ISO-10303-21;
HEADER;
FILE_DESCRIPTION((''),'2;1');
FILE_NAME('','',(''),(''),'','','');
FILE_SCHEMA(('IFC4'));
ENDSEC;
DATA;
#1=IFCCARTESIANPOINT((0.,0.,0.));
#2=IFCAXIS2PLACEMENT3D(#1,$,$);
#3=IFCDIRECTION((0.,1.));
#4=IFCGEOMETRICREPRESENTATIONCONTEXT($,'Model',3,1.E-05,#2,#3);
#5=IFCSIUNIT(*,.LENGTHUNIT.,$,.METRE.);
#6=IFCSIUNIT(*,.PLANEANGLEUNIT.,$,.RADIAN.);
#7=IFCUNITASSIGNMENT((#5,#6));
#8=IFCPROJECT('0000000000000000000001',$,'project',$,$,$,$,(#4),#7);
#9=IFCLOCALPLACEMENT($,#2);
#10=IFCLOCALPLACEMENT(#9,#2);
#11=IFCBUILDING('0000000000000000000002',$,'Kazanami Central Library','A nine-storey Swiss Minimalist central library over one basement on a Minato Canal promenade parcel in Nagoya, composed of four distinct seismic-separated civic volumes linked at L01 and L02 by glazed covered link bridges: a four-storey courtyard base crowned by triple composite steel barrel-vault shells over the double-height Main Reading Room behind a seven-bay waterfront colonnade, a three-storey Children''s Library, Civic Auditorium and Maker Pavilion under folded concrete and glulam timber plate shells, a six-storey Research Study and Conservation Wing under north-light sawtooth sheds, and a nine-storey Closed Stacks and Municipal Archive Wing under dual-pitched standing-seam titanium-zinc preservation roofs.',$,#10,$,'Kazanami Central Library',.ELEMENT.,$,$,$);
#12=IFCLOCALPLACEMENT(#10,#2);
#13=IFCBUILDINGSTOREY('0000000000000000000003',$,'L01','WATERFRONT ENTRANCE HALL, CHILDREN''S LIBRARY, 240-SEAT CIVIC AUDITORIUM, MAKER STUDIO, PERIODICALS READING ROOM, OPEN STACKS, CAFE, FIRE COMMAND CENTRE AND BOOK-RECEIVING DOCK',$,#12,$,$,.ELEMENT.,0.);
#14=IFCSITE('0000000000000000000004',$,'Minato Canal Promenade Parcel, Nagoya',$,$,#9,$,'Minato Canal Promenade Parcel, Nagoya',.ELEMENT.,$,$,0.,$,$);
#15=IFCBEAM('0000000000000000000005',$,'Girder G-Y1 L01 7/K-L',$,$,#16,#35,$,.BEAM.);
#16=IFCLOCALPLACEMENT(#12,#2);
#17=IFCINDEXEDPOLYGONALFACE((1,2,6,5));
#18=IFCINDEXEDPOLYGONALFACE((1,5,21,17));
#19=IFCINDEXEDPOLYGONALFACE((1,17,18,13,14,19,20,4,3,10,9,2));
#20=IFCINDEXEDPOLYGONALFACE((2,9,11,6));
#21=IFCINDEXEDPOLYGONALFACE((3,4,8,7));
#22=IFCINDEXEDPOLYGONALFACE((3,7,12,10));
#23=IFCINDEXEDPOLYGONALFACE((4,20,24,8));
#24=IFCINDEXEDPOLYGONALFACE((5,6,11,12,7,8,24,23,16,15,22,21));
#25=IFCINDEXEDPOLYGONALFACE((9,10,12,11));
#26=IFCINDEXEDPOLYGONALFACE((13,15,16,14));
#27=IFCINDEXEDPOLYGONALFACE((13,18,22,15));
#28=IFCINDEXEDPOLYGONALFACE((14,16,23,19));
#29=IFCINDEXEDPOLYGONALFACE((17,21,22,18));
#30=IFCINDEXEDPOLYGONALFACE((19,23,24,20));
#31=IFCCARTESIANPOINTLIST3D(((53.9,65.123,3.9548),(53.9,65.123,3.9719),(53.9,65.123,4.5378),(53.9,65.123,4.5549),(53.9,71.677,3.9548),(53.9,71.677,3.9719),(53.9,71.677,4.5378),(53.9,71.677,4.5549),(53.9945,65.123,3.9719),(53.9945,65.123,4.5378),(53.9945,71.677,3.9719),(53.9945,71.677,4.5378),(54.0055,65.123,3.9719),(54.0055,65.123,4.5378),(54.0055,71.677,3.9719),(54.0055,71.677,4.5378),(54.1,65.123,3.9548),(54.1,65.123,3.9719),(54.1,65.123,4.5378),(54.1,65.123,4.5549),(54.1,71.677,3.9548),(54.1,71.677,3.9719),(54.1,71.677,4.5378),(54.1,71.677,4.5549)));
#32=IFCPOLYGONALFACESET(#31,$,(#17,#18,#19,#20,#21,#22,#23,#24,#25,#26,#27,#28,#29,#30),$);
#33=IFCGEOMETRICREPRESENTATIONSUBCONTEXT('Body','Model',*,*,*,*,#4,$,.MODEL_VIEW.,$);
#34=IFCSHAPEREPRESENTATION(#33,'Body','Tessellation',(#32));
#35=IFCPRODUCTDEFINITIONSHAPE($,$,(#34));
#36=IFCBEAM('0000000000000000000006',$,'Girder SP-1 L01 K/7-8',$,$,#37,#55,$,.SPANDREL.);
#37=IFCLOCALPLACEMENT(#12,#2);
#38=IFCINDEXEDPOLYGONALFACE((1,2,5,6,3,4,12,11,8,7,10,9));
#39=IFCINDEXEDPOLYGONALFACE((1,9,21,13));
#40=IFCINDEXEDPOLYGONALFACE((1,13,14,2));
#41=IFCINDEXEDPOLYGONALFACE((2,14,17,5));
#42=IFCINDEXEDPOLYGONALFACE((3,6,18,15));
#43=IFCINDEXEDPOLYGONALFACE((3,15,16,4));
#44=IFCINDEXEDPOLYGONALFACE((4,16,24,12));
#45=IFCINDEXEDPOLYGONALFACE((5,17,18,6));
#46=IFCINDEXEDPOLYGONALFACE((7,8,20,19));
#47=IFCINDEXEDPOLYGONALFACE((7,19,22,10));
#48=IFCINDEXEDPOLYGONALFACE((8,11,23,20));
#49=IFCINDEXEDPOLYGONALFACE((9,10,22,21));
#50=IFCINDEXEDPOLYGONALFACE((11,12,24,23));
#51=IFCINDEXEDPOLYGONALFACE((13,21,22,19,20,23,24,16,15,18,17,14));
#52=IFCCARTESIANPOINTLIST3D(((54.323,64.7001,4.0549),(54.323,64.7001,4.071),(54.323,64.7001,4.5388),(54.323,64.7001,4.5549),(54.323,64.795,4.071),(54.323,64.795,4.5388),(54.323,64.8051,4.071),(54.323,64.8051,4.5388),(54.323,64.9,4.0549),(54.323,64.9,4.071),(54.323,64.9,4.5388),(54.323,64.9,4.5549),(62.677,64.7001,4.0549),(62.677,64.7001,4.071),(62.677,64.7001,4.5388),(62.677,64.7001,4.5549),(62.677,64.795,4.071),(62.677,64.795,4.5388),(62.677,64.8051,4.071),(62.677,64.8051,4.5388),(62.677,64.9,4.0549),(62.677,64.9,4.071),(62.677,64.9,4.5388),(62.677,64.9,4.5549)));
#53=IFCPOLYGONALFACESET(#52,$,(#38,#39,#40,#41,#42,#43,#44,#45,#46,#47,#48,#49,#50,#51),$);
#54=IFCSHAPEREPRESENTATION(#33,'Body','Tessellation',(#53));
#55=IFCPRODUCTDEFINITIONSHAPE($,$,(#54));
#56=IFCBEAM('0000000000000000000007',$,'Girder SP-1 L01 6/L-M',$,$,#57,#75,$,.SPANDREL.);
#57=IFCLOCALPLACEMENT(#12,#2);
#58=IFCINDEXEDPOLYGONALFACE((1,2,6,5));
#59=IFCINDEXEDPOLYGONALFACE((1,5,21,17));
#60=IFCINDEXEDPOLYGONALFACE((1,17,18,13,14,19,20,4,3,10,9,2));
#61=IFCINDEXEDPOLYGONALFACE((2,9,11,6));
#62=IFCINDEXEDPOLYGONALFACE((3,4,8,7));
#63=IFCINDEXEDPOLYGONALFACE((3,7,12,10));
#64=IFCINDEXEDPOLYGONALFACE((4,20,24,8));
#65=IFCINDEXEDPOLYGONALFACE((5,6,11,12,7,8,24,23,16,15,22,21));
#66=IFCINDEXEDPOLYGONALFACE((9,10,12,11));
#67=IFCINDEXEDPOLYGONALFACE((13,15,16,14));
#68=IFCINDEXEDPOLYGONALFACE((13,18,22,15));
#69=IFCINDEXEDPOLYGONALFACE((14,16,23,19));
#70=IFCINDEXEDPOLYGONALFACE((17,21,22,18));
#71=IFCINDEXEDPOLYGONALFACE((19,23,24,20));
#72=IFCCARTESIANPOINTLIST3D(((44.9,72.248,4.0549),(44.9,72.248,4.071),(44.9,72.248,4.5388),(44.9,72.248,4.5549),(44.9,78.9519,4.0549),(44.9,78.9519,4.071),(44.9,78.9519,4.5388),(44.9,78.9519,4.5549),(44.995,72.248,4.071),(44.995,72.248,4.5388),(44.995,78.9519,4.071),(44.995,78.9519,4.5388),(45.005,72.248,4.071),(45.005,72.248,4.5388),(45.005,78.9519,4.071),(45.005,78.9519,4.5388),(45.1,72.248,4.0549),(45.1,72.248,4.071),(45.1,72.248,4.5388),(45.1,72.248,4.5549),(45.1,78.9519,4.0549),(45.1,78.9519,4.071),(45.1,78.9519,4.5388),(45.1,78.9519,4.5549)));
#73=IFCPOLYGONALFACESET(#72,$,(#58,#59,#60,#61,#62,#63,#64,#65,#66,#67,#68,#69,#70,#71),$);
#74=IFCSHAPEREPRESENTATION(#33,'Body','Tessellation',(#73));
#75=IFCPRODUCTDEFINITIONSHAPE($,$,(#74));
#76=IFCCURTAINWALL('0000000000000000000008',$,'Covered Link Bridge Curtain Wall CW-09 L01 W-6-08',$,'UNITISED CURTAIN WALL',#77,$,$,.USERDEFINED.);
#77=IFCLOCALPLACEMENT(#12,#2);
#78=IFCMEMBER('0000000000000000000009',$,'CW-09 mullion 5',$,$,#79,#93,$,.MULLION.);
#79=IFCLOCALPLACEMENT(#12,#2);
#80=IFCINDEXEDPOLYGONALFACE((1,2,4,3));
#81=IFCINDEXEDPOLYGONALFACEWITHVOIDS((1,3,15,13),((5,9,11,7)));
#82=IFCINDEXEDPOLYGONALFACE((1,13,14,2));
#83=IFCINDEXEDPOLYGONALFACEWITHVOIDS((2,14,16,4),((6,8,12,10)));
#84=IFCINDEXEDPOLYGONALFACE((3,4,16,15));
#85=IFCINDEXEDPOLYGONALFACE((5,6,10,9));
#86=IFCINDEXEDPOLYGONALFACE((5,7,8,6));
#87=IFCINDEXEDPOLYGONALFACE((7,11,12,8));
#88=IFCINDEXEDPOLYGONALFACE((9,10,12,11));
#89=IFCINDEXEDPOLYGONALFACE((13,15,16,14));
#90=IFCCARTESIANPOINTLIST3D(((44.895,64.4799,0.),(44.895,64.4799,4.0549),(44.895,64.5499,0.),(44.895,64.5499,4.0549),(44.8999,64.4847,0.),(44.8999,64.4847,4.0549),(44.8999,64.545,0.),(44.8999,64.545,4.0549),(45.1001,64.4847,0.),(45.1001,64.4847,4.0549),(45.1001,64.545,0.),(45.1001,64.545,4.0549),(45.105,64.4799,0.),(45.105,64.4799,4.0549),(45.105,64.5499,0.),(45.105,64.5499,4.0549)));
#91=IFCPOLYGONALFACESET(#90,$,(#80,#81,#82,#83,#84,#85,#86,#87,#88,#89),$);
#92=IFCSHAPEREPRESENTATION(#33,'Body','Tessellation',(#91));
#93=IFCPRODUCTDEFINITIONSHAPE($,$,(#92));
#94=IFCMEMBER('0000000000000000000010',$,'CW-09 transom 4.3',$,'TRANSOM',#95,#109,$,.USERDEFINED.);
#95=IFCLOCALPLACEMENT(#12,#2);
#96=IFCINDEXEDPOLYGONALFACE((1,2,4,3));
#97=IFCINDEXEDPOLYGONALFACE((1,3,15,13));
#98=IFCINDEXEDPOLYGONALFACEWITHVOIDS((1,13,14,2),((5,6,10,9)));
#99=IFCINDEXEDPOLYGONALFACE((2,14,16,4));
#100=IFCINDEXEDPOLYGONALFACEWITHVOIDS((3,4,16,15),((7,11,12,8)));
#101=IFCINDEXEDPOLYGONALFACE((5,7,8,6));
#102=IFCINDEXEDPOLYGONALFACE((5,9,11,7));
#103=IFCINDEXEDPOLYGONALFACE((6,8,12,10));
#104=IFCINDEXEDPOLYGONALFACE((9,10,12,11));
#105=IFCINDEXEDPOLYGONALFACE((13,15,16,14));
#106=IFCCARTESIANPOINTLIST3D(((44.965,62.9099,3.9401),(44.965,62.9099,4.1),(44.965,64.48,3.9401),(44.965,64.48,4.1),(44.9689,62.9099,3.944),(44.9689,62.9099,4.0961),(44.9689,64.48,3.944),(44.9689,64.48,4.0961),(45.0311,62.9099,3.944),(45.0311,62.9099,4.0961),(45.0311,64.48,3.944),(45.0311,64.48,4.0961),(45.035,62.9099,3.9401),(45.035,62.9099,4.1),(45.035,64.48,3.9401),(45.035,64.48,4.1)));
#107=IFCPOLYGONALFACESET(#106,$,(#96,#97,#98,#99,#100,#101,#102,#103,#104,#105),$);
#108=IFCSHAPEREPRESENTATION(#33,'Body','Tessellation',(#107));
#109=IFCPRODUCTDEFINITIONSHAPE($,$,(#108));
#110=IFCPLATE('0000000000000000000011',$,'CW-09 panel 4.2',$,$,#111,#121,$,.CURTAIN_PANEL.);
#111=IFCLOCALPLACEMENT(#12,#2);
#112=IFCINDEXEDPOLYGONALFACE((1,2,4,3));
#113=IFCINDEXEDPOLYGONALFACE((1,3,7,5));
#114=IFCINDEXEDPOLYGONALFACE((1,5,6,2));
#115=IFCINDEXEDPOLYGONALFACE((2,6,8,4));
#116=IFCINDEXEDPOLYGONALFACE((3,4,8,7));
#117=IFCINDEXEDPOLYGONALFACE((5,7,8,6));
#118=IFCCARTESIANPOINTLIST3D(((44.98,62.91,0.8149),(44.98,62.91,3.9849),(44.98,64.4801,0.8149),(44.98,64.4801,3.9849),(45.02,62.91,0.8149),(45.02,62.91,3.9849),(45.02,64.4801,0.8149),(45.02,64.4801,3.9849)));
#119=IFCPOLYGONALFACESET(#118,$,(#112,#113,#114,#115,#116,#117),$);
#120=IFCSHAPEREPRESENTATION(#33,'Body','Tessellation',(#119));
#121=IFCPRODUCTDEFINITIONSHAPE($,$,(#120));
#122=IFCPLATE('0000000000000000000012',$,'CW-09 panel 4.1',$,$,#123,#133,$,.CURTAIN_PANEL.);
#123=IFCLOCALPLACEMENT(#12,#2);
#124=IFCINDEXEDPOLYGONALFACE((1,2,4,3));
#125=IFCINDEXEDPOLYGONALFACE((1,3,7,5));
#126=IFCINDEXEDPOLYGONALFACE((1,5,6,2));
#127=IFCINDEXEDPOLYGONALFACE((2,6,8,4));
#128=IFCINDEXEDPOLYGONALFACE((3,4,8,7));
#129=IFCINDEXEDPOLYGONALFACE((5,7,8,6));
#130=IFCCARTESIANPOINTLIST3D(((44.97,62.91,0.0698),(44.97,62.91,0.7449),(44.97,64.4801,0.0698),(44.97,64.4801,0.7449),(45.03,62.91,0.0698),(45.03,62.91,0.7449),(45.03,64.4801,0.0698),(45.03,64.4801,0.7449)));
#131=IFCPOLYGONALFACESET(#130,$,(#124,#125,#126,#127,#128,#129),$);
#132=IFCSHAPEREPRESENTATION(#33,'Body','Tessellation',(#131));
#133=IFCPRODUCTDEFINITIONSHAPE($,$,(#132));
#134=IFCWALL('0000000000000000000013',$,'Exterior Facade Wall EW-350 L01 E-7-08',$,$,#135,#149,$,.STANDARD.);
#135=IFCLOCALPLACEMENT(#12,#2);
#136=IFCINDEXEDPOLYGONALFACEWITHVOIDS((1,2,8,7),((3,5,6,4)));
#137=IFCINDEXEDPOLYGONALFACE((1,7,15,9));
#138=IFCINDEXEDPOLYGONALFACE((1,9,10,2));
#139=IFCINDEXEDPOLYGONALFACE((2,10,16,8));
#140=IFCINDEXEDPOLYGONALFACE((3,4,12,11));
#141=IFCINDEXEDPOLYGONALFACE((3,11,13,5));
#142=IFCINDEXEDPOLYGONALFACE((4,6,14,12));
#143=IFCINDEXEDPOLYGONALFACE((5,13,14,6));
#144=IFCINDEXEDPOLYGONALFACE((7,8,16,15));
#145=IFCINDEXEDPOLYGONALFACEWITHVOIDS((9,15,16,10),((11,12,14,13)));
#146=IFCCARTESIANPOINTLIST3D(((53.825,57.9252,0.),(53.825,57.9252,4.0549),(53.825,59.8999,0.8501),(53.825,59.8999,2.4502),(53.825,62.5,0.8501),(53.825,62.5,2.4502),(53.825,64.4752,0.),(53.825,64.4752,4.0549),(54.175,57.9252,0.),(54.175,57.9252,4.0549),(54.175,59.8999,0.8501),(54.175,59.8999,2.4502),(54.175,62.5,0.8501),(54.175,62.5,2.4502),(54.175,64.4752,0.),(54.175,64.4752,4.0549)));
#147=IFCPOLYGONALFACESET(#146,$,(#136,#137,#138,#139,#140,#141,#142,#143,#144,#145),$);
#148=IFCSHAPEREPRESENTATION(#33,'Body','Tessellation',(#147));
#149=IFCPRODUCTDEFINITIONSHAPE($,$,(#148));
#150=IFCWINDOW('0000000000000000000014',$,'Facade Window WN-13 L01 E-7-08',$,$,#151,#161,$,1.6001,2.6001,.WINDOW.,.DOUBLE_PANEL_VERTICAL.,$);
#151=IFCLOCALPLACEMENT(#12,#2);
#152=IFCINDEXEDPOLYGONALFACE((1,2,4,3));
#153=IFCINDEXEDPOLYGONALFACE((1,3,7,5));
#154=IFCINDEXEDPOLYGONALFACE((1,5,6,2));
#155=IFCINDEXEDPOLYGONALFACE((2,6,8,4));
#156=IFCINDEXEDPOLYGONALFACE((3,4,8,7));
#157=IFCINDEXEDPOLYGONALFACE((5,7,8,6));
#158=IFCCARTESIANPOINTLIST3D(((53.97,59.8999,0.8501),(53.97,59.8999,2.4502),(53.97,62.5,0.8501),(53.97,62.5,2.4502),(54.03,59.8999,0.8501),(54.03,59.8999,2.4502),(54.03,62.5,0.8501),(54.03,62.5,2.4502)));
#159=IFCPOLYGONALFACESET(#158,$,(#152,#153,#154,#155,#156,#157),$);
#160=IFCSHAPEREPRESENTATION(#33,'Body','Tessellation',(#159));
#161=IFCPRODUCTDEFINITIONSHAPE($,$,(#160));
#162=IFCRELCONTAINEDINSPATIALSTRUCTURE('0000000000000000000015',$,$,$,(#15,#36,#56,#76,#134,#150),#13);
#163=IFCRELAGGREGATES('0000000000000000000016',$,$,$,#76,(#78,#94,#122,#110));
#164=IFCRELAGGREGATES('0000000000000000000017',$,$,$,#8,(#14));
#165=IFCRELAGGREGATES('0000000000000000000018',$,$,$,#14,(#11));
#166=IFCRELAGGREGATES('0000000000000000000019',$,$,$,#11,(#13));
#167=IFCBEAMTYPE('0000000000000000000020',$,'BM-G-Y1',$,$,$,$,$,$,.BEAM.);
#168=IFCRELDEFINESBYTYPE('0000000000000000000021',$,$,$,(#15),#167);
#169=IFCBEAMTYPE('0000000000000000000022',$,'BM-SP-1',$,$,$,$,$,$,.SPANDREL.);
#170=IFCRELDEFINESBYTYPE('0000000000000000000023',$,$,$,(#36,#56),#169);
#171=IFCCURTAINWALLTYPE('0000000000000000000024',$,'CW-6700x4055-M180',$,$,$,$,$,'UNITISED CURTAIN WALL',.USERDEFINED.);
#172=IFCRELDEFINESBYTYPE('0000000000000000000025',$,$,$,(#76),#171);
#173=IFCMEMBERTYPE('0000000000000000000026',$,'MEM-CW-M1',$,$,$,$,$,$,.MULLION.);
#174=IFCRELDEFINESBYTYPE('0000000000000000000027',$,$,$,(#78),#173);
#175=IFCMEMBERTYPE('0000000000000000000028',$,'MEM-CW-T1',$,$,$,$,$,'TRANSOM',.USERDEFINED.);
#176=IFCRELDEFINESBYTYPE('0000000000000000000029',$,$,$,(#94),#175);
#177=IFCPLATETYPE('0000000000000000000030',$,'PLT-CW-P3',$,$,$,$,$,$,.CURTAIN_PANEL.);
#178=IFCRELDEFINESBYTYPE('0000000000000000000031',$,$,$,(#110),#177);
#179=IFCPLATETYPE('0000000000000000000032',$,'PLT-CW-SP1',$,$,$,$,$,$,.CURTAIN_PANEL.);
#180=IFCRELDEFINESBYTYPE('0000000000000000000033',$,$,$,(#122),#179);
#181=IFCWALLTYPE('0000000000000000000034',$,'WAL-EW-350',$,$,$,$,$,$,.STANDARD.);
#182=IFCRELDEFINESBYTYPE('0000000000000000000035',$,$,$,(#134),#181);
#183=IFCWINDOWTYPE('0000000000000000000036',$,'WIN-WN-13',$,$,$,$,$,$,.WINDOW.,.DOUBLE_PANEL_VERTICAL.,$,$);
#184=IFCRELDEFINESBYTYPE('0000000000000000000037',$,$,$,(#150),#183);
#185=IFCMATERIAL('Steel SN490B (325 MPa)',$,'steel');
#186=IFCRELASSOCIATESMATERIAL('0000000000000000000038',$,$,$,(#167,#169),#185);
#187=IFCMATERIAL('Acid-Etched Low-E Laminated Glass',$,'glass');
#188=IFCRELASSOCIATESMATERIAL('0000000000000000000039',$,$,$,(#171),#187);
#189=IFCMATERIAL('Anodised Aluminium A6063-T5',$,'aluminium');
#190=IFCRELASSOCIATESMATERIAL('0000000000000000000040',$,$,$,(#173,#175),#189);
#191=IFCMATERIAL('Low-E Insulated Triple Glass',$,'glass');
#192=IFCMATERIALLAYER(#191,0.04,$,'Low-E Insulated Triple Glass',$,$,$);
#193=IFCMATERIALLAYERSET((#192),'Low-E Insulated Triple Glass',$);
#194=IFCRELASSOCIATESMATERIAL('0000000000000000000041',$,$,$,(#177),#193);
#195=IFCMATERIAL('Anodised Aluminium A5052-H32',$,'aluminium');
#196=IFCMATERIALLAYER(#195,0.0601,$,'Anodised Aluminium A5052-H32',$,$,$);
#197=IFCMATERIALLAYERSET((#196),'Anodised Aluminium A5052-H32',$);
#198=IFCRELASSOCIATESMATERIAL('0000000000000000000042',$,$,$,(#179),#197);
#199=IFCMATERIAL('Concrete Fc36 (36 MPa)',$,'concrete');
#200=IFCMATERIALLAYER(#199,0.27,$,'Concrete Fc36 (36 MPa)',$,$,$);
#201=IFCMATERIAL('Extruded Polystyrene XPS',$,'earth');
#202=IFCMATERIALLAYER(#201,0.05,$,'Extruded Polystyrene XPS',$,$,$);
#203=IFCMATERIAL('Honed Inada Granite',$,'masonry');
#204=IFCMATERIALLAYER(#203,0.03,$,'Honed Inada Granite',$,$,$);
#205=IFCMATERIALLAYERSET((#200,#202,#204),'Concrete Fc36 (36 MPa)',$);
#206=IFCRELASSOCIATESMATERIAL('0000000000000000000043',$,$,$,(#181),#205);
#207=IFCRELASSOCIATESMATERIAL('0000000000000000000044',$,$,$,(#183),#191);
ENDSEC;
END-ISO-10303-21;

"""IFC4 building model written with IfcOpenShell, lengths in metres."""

from ifc_helpers import new_model, si_unit, direction, frame, frame_2d, origin, origin_2d, place, context, subcontext, project, spatial, rectangle, hollow_rectangle, i_section, extrude, material, layer, layer_set, material_profile, profile_set, type_object, element, fill, aggregate, save


model = new_model("IFC4")

# Units and contexts
model_context = context("Model", 3, precision=1e-05, world=origin(), true_north=direction((0.0, 1.0)))
body_context = subcontext(model_context, "Body", "Model", "MODEL_VIEW")
ifc_project = project(units=[si_unit("LENGTHUNIT", "METRE"), si_unit("PLANEANGLEUNIT", "RADIAN")], contexts=[model_context])

# Site, building, storey
site_placement = place(None, origin())
site = spatial("IfcSite", under=ifc_project, at=site_placement, Name="Minato Canal Promenade Parcel, Nagoya", LongName="Minato Canal Promenade Parcel, Nagoya", CompositionType="ELEMENT", RefElevation=0.0)
building_placement = place(site_placement, origin())
building = spatial("IfcBuilding", under=site, at=building_placement, Name="Kazanami Central Library", Description="A nine-storey Swiss Minimalist central library over one basement on a Minato Canal promenade parcel in Nagoya, composed of four distinct seismic-separated civic volumes linked at L01 and L02 by glazed covered link bridges: a four-storey courtyard base crowned by triple composite steel barrel-vault shells over the double-height Main Reading Room behind a seven-bay waterfront colonnade, a three-storey Children's Library, Civic Auditorium and Maker Pavilion under folded concrete and glulam timber plate shells, a six-storey Research Study and Conservation Wing under north-light sawtooth sheds, and a nine-storey Closed Stacks and Municipal Archive Wing under dual-pitched standing-seam titanium-zinc preservation roofs.", LongName="Kazanami Central Library", CompositionType="ELEMENT")
storey_placement = place(building_placement, origin())
storey = spatial("IfcBuildingStorey", under=building, at=storey_placement, Name="L01", Description="WATERFRONT ENTRANCE HALL, CHILDREN'S LIBRARY, 240-SEAT CIVIC AUDITORIUM, MAKER STUDIO, PERIODICALS READING ROOM, OPEN STACKS, CAFE, FIRE COMMAND CENTRE AND BOOK-RECEIVING DOCK", CompositionType="ELEMENT", Elevation=0.0)

# Beams
ifc_material_1 = material(Name="Steel SN490B (325 MPa)", Category="steel")
ifc_material_profile_1 = material_profile(ifc_material_1, i_section(OverallWidth=0.2, OverallDepth=0.6001, WebThickness=0.011, FlangeThickness=0.0171, at=origin_2d()), Name="H-600x200x11x17")
ifc_profile_set_1 = profile_set([ifc_material_profile_1], Name="Steel SN490B (325 MPa)")
beam_type_1 = type_object("IfcBeamType", Name="BM-G-Y1", PredefinedType="BEAM", material=ifc_profile_set_1)
beam_1_placement = place(storey_placement, frame((54.0, 65.123, 4.2549), z_axis=(0.0, 1.0, 0.0), x_axis=(-1.0, 0.0, 0.0)))
element("IfcBeam", 1, at=beam_1_placement, inside=storey, type_object=beam_type_1, Name="Girder G-Y1 L01 7/K-L", PredefinedType="BEAM", context=body_context, shape_type="SweptSolid", body=[
    extrude(i_section(OverallWidth=0.2, OverallDepth=0.6001, WebThickness=0.011, FlangeThickness=0.0171, at=origin_2d()), origin(), (0.0, 0.0, 1.0), 6.554),
])
ifc_material_profile_2 = material_profile(ifc_material_1, i_section(OverallWidth=0.2, OverallDepth=0.5, WebThickness=0.01, FlangeThickness=0.0161, at=origin_2d()), Name="H-500x200x10x16")
ifc_profile_set_2 = profile_set([ifc_material_profile_2], Name="Steel SN490B (325 MPa)")
beam_type_2 = type_object("IfcBeamType", Name="BM-SP-1", PredefinedType="SPANDREL", material=ifc_profile_set_2)
beam_2_placement = place(storey_placement, frame((54.323, 64.8, 4.3049), z_axis=(1.0, 0.0, 0.0), x_axis=(0.0, 1.0, 0.0)))
element("IfcBeam", 2, at=beam_2_placement, inside=storey, type_object=beam_type_2, Name="Girder SP-1 L01 K/7-8", PredefinedType="SPANDREL", context=body_context, shape_type="SweptSolid", body=[
    extrude(i_section(OverallWidth=0.2, OverallDepth=0.5, WebThickness=0.01, FlangeThickness=0.0161, at=origin_2d()), origin(), (0.0, 0.0, 1.0), 8.354),
])
beam_3_placement = place(storey_placement, frame((45.0, 72.248, 4.3049), z_axis=(0.0, 1.0, 0.0), x_axis=(-1.0, 0.0, 0.0)))
element("IfcBeam", 3, at=beam_3_placement, inside=storey, type_object=beam_type_2, Name="Girder SP-1 L01 6/L-M", PredefinedType="SPANDREL", context=body_context, shape_type="SweptSolid", body=[
    extrude(i_section(OverallWidth=0.2, OverallDepth=0.5, WebThickness=0.01, FlangeThickness=0.0161, at=origin_2d()), origin(), (0.0, 0.0, 1.0), 6.7039),
])

# Curtain wall, members, plates
ifc_material_2 = material(Name="Acid-Etched Low-E Laminated Glass", Category="glass")
curtain_wall_type = type_object("IfcCurtainWallType", Name="CW-6700x4055-M180", ElementType="UNITISED CURTAIN WALL", PredefinedType="USERDEFINED", material=ifc_material_2)
curtain_wall_placement = place(storey_placement, origin())
curtain_wall = element("IfcCurtainWall", 4, at=curtain_wall_placement, inside=storey, type_object=curtain_wall_type, Name="Covered Link Bridge Curtain Wall CW-09 L01 W-6-08", ObjectType="UNITISED CURTAIN WALL", PredefinedType="USERDEFINED")
ifc_material_3 = material(Name="Anodised Aluminium A6063-T5", Category="aluminium")
ifc_material_profile_3 = material_profile(ifc_material_3, hollow_rectangle(XDim=0.0701, YDim=0.21, WallThickness=0.0049, at=origin_2d()), Name="ALU-MULL-70x210x5")
ifc_profile_set_3 = profile_set([ifc_material_profile_3], Name="Anodised Aluminium A6063-T5")
member_type_1 = type_object("IfcMemberType", Name="MEM-CW-M1", PredefinedType="MULLION", material=ifc_profile_set_3)
member_1_placement = place(storey_placement, frame((45.0, 64.5149, 0.0), z_axis=(0.0, 0.0, 1.0), x_axis=(0.0, 1.0, 0.0)))
member_1 = element("IfcMember", 5, at=member_1_placement, type_object=member_type_1, Name="CW-09 mullion 5", PredefinedType="MULLION", context=body_context, shape_type="SweptSolid", body=[
    extrude(hollow_rectangle(XDim=0.0701, YDim=0.21, WallThickness=0.0049, at=origin_2d()), origin(), (0.0, 0.0, 1.0), 4.0549),
])
ifc_material_profile_4 = material_profile(ifc_material_3, hollow_rectangle(XDim=0.0701, YDim=0.1599, WallThickness=0.0039, at=origin_2d()), Name="ALU-TRAN-70x160x4")
ifc_profile_set_4 = profile_set([ifc_material_profile_4], Name="Anodised Aluminium A6063-T5")
member_type_2 = type_object("IfcMemberType", Name="MEM-CW-T1", ElementType="TRANSOM", PredefinedType="USERDEFINED", material=ifc_profile_set_4)
member_2_placement = place(storey_placement, frame((45.0, 62.9099, 4.02), z_axis=(0.0, 1.0, 0.0), x_axis=(-1.0, 0.0, 0.0)))
member_2 = element("IfcMember", 6, at=member_2_placement, type_object=member_type_2, Name="CW-09 transom 4.3", ObjectType="TRANSOM", PredefinedType="USERDEFINED", context=body_context, shape_type="SweptSolid", body=[
    extrude(hollow_rectangle(XDim=0.0701, YDim=0.1599, WallThickness=0.0039, at=origin_2d()), origin(), (0.0, 0.0, 1.0), 1.5701),
])
ifc_material_4 = material(Name="Low-E Insulated Triple Glass", Category="glass")
ifc_layer_1 = layer(ifc_material_4, 0.04, Name="Low-E Insulated Triple Glass")
ifc_layer_set_1 = layer_set([ifc_layer_1], Name="Low-E Insulated Triple Glass")
plate_type_1 = type_object("IfcPlateType", Name="PLT-CW-P3", PredefinedType="CURTAIN_PANEL", material=ifc_layer_set_1)
plate_1_placement = place(storey_placement, frame((45.0, 63.6951, 0.8149), z_axis=(0.0, 0.0, 1.0), x_axis=(0.0, 1.0, 0.0)))
plate_1 = element("IfcPlate", 7, at=plate_1_placement, type_object=plate_type_1, Name="CW-09 panel 4.2", PredefinedType="CURTAIN_PANEL", context=body_context, shape_type="SweptSolid", body=[
    extrude(rectangle(XDim=1.5701, YDim=0.04, at=origin_2d()), origin(), (0.0, 0.0, 1.0), 3.1699),
])
ifc_material_5 = material(Name="Anodised Aluminium A5052-H32", Category="aluminium")
ifc_layer_2 = layer(ifc_material_5, 0.0601, Name="Anodised Aluminium A5052-H32")
ifc_layer_set_2 = layer_set([ifc_layer_2], Name="Anodised Aluminium A5052-H32")
plate_type_2 = type_object("IfcPlateType", Name="PLT-CW-SP1", PredefinedType="CURTAIN_PANEL", material=ifc_layer_set_2)
plate_2_placement = place(storey_placement, frame((45.0, 63.6951, 0.0698), z_axis=(0.0, 0.0, 1.0), x_axis=(0.0, 1.0, 0.0)))
plate_2 = element("IfcPlate", 8, at=plate_2_placement, type_object=plate_type_2, Name="CW-09 panel 4.1", PredefinedType="CURTAIN_PANEL", context=body_context, shape_type="SweptSolid", body=[
    extrude(rectangle(XDim=1.5701, YDim=0.0601, at=origin_2d()), origin(), (0.0, 0.0, 1.0), 0.675),
])
aggregate(curtain_wall, [member_1, member_2, plate_2, plate_1])

# Wall, opening, window
ifc_material_6 = material(Name="Concrete Fc36 (36 MPa)", Category="concrete")
ifc_layer_3 = layer(ifc_material_6, 0.27, Name="Concrete Fc36 (36 MPa)")
ifc_material_7 = material(Name="Extruded Polystyrene XPS", Category="earth")
ifc_layer_4 = layer(ifc_material_7, 0.05, Name="Extruded Polystyrene XPS")
ifc_material_8 = material(Name="Honed Inada Granite", Category="masonry")
ifc_layer_5 = layer(ifc_material_8, 0.03, Name="Honed Inada Granite")
ifc_layer_set_3 = layer_set([ifc_layer_3, ifc_layer_4, ifc_layer_5], Name="Concrete Fc36 (36 MPa)")
wall_type_1 = type_object("IfcWallType", Name="WAL-EW-350", PredefinedType="STANDARD", material=ifc_layer_set_3)
wall_1_placement = place(storey_placement, frame((54.0, 64.4751, 0.0), z_axis=(0.0, 0.0, 1.0), x_axis=(0.0, -1.0, 0.0)))
wall_1 = element("IfcWall", 9, at=wall_1_placement, inside=storey, type_object=wall_type_1, Name="Exterior Facade Wall EW-350 L01 E-7-08", PredefinedType="STANDARD", context=body_context, shape_type="SweptSolid", body=[
    extrude(rectangle(XDim=6.55, YDim=0.3501, at=frame_2d((3.2749, 0.0))), origin(), (0.0, 0.0, 1.0), 4.0549),
])
opening_placement = place(wall_1_placement, frame((1.9751, 0.0, 0.8501)))
opening = element("IfcOpeningElement", 10, at=opening_placement, cuts=wall_1, PredefinedType="OPENING", context=body_context, shape_type="SweptSolid", body=[
    extrude(rectangle(XDim=2.6001, YDim=1.6001, at=frame_2d((1.3, 0.8))), frame((0.0, 0.187, 0.0), z_axis=(0.0, -1.0, 0.0), x_axis=(1.0, 0.0, 0.0)), (0.0, 0.0, 1.0), 0.374),
])
window_type = type_object("IfcWindowType", Name="WIN-WN-13", PartitioningType="DOUBLE_PANEL_VERTICAL", PredefinedType="WINDOW", material=ifc_material_4)
window_placement = place(opening_placement, origin())
window = element("IfcWindow", 11, at=window_placement, inside=storey, type_object=window_type, Name="Facade Window WN-13 L01 E-7-08", OverallHeight=1.6001, OverallWidth=2.6001, PartitioningType="DOUBLE_PANEL_VERTICAL", PredefinedType="WINDOW", context=body_context, shape_type="SweptSolid", body=[
    extrude(rectangle(XDim=2.6001, YDim=1.6001, at=frame_2d((1.3, 0.8))), frame((0.0, 0.03, 0.0), z_axis=(0.0, -1.0, 0.0), x_axis=(1.0, 0.0, 0.0)), (0.0, 0.0, 1.0), 0.0601),
])
fill(opening, window)

save(model, "model.ifc")
